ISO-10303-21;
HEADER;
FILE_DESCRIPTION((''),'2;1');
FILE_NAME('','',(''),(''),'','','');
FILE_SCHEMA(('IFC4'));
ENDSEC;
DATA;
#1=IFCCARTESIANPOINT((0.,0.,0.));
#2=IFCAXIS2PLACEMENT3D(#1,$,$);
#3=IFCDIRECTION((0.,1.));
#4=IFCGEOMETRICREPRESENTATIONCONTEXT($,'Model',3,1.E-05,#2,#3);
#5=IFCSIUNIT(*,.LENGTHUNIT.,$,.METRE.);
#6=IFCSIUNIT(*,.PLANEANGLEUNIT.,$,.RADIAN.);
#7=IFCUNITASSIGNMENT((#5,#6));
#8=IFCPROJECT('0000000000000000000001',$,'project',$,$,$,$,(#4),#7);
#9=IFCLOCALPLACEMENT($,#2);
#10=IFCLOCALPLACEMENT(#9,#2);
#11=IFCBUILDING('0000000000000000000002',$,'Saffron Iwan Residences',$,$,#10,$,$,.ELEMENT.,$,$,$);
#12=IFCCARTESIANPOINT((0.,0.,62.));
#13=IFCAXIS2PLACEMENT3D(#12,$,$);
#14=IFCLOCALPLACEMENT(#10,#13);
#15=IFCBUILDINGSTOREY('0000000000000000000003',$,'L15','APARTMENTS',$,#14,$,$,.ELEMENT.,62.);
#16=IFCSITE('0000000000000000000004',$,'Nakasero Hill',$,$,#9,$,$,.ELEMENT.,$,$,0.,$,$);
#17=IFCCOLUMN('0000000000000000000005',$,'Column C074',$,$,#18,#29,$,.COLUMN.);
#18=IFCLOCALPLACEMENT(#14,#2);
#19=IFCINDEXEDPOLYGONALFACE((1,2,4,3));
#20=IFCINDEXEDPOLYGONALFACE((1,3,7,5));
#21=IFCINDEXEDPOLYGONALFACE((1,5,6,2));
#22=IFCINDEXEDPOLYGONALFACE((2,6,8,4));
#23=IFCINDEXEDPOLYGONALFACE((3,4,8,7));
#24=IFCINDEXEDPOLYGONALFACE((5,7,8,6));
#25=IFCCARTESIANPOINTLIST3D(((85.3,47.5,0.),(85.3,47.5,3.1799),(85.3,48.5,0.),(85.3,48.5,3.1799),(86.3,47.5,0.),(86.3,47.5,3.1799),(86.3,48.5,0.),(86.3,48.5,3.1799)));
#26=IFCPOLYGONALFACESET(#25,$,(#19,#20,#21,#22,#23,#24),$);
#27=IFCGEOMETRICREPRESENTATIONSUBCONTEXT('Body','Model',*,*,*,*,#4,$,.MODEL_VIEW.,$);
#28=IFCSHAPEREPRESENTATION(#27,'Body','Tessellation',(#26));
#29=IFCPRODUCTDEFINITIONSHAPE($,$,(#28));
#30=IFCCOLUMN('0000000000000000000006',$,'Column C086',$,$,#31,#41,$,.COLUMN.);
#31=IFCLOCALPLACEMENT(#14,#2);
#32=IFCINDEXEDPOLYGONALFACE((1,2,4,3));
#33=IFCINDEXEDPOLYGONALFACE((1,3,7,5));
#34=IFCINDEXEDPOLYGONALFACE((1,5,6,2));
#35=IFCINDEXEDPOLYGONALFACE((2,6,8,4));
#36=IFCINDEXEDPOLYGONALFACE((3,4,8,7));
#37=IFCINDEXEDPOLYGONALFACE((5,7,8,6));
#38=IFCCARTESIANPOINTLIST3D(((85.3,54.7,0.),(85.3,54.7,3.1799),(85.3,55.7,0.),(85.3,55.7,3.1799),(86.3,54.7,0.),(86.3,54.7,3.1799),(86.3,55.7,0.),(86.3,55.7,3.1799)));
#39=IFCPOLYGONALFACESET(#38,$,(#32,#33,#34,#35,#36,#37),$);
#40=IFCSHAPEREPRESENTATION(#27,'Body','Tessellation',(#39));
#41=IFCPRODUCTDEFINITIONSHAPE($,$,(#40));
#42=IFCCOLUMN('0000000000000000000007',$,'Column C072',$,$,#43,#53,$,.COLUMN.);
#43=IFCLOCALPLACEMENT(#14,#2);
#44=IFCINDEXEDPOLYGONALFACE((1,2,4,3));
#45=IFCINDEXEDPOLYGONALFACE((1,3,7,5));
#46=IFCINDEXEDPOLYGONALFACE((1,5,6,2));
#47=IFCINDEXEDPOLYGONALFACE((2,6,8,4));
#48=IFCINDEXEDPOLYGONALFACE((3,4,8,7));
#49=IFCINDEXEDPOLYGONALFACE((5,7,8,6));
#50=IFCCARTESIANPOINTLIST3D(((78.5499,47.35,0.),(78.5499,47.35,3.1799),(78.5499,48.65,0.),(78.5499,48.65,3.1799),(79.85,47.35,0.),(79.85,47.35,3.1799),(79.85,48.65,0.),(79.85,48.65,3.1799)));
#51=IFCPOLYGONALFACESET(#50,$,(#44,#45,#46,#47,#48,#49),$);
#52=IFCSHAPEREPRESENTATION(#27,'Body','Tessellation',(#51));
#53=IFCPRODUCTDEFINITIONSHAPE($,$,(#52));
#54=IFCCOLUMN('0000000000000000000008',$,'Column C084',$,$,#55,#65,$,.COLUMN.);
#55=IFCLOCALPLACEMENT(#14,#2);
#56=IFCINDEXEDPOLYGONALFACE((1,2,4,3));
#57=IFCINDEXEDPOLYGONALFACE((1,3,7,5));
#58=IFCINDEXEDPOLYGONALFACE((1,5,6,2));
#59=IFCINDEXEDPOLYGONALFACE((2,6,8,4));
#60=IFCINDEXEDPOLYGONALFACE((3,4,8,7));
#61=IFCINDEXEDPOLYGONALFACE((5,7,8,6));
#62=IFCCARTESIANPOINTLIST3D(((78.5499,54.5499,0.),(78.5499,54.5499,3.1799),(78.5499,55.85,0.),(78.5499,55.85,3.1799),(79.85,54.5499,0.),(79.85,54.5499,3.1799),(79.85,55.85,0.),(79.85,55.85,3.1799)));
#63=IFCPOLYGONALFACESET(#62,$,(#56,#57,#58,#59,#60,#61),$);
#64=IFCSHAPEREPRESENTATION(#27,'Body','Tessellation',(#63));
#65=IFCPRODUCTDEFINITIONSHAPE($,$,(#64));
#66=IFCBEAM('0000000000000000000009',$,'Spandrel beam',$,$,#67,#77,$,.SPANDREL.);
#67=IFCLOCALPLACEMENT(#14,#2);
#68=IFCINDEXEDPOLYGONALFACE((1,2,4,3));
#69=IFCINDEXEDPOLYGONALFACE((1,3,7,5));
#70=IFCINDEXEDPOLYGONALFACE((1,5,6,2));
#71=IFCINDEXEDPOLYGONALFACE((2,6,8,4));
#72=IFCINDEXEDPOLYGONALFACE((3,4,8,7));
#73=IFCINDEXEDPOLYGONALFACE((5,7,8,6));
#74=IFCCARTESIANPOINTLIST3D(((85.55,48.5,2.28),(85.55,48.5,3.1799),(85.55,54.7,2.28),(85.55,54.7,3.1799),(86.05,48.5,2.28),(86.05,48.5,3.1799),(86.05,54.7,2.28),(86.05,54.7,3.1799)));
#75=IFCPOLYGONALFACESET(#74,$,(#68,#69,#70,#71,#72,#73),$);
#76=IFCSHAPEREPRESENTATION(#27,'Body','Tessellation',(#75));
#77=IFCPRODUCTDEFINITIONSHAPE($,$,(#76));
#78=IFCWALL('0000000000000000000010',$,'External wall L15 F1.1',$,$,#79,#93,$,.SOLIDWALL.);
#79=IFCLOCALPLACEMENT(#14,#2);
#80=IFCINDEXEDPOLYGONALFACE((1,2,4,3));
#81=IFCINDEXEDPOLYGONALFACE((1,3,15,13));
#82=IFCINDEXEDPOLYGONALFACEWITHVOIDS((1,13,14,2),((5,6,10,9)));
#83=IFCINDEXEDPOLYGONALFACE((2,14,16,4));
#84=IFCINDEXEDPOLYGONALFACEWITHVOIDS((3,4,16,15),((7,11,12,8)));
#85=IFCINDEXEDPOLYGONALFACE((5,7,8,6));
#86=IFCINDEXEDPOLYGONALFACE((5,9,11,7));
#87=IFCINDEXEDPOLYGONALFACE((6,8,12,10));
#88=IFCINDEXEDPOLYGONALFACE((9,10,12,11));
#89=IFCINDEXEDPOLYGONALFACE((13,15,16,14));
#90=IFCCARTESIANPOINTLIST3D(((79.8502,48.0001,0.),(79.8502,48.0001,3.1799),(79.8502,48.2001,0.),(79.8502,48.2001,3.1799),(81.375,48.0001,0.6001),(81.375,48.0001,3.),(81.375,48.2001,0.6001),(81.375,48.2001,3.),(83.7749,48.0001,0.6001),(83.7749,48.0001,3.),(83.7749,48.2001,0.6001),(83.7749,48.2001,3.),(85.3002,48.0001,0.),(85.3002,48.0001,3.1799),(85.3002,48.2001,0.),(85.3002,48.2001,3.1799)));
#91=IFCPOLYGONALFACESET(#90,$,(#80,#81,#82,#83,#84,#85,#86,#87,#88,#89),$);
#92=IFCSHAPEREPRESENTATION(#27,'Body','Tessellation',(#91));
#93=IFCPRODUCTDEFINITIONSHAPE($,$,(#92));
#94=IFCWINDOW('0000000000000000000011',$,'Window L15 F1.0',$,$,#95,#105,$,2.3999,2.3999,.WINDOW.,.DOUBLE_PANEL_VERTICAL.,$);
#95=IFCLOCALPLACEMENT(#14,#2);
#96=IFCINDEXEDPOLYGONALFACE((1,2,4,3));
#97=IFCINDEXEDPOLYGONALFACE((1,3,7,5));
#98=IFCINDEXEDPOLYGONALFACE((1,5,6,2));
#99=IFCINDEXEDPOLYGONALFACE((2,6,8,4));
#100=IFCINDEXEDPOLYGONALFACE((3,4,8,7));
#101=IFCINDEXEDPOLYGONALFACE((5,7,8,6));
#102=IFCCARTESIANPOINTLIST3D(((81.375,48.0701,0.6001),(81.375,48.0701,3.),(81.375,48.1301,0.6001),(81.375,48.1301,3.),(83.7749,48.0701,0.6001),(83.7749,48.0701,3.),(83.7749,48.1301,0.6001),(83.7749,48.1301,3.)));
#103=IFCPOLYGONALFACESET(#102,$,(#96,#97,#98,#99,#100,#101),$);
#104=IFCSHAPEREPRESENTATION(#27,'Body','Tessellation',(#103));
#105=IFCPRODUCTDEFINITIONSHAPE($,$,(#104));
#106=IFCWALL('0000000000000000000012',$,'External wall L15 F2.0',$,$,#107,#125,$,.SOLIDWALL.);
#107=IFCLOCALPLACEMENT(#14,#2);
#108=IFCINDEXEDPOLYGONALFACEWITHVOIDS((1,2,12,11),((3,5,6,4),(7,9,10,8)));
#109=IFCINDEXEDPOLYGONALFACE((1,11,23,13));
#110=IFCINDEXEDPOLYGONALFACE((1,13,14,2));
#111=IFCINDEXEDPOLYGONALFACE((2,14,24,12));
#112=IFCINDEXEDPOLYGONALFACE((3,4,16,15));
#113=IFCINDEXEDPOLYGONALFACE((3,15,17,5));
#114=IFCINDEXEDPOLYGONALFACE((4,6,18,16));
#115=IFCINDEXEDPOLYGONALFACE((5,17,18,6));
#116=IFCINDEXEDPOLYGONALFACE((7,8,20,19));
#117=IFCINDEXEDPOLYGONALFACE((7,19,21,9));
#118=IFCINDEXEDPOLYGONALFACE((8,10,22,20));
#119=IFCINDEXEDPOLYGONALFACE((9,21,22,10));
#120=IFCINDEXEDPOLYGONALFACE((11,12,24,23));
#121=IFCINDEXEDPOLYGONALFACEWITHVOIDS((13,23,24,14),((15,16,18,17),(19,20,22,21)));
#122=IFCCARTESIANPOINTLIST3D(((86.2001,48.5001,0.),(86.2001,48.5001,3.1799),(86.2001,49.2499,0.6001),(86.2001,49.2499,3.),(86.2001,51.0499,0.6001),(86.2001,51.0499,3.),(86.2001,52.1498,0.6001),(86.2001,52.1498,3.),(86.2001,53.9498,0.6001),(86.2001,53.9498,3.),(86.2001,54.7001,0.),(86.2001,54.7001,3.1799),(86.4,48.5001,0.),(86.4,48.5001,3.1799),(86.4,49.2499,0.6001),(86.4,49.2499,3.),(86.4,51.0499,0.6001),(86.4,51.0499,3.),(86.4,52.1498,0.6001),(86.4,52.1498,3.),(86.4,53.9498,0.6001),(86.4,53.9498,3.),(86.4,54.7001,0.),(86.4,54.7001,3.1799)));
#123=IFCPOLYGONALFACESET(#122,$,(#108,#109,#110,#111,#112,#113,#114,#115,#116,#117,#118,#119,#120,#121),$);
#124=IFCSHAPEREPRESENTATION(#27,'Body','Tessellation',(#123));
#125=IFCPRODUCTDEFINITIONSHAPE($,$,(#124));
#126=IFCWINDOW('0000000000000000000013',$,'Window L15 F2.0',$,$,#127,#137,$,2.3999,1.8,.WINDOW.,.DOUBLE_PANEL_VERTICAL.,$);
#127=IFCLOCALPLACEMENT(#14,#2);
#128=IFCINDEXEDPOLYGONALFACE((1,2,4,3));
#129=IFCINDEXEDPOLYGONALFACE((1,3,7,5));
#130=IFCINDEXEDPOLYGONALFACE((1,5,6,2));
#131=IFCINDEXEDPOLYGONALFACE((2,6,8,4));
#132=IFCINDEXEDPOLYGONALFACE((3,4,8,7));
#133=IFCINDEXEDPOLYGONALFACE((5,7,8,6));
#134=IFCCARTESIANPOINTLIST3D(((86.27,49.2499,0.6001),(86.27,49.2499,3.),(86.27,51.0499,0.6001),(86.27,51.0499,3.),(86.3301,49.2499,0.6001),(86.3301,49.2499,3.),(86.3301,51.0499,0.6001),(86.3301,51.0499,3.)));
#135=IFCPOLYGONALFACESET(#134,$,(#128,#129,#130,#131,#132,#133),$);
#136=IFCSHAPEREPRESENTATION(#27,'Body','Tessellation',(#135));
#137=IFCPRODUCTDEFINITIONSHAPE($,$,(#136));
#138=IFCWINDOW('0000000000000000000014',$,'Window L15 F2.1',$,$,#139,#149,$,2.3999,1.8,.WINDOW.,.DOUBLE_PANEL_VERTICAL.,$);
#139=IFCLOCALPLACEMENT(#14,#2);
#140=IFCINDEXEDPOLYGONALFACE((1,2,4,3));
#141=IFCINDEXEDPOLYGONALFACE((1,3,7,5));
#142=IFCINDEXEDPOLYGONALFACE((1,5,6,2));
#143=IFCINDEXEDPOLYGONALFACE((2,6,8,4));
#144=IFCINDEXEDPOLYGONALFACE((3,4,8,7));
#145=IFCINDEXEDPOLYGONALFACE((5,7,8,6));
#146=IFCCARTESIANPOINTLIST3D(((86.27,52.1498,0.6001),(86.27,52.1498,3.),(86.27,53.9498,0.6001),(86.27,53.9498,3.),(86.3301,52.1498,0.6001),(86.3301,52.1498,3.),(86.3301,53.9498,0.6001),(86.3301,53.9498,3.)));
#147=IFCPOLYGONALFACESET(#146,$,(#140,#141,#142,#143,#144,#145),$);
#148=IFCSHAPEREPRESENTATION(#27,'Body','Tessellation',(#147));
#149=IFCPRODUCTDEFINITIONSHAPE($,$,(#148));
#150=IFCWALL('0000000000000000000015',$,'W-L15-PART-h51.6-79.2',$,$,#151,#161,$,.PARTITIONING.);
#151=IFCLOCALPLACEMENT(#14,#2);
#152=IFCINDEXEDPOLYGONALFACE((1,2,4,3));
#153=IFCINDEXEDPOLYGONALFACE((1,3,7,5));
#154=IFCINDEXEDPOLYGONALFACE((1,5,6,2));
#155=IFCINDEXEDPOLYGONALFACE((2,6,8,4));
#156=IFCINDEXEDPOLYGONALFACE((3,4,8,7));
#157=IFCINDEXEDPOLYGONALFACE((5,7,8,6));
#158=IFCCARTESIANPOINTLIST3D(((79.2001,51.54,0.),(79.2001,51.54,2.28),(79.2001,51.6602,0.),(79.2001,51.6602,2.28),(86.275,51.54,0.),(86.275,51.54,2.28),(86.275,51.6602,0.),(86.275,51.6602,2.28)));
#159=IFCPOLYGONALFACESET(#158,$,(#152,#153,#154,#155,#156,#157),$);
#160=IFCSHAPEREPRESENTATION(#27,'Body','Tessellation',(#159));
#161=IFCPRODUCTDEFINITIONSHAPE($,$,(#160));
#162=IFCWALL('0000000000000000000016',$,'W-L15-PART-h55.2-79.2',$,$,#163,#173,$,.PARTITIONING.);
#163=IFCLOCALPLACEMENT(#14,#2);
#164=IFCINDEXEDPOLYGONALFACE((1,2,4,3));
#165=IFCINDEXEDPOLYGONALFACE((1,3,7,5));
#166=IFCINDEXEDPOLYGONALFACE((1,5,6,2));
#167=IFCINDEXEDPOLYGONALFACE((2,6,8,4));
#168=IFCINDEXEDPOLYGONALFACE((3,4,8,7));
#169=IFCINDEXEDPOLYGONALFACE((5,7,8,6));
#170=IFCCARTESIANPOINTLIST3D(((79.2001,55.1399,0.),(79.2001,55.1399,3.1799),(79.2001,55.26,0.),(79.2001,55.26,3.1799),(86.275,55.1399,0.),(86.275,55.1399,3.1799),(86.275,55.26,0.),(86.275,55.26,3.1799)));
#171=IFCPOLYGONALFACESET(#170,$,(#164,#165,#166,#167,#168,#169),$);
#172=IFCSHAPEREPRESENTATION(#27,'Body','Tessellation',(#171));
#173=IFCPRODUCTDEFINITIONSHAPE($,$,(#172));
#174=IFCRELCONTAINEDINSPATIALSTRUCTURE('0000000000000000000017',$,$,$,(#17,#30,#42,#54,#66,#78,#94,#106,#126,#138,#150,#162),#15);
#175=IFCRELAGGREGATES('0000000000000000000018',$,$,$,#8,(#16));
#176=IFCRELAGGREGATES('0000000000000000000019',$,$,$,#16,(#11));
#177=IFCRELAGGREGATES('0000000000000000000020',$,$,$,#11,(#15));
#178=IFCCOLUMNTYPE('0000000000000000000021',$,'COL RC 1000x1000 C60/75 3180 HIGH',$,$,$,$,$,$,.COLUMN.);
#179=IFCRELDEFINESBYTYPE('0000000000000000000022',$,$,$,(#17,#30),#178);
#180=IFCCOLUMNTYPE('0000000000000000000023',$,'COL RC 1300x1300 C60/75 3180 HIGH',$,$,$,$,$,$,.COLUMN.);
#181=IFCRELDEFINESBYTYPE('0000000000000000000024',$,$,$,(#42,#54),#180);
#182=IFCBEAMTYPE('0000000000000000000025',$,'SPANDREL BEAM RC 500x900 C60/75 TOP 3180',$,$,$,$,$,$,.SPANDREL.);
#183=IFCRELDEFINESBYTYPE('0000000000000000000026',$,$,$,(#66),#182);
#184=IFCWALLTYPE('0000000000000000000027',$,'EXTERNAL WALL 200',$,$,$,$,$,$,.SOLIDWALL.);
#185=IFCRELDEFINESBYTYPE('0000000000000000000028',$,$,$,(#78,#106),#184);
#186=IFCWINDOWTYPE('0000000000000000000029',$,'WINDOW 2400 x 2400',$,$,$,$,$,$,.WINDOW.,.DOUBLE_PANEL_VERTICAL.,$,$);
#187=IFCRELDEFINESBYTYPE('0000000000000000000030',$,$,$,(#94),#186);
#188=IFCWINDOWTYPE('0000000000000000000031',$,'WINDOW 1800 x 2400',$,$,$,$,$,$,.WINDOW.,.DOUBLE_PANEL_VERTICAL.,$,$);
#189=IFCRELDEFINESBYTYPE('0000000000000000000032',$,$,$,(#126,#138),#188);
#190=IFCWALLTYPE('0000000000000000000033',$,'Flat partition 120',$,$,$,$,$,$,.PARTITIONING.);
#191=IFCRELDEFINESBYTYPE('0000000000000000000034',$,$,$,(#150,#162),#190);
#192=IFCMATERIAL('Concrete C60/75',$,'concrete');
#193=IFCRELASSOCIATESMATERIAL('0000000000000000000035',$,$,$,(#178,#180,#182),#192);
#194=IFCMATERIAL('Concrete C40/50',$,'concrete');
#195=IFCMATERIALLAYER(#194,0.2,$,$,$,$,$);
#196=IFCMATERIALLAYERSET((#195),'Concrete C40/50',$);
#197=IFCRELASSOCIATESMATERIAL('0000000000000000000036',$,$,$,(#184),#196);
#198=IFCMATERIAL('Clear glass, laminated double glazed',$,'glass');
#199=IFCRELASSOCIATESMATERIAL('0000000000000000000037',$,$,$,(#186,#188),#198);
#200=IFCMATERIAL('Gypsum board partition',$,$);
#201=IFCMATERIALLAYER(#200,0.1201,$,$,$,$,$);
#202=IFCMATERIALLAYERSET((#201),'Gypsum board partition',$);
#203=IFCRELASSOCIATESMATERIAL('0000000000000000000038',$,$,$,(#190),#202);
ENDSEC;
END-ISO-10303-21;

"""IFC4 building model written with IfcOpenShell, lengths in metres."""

from ifc_helpers import new_model, si_unit, direction, frame, frame_2d, origin, origin_2d, place, context, subcontext, project, spatial, rectangle, extrude, source, transform, mapped, material, layer, layer_set, material_profile, profile_set, type_object, element, fill, save


model = new_model("IFC4")

# Units and contexts
model_context = context("Model", 3, precision=1e-05, world=origin(), true_north=direction((0.0, 1.0)))
body_context = subcontext(model_context, "Body", "Model", "MODEL_VIEW")
ifc_project = project(units=[si_unit("LENGTHUNIT", "METRE"), si_unit("PLANEANGLEUNIT", "RADIAN")], contexts=[model_context])

# Site, building, storey
site_placement = place(None, origin())
site = spatial("IfcSite", under=ifc_project, at=site_placement, Name="Nakasero Hill", CompositionType="ELEMENT", RefElevation=0.0)
building_placement = place(site_placement, origin())
building = spatial("IfcBuilding", under=site, at=building_placement, Name="Saffron Iwan Residences", CompositionType="ELEMENT")
storey_placement = place(building_placement, frame((0.0, 0.0, 62.0)))
storey = spatial("IfcBuildingStorey", under=building, at=storey_placement, Name="L15", Description="APARTMENTS", CompositionType="ELEMENT", Elevation=62.0)

# Columns
ifc_material_1 = material(Name="Concrete C60/75", Category="concrete")
ifc_material_profile_1 = material_profile(ifc_material_1, rectangle(XDim=1.0, YDim=1.0, at=origin_2d()), Name="RC 1000x1000")
ifc_profile_set_1 = profile_set([ifc_material_profile_1], Name="Concrete C60/75")
column_type_1 = type_object("IfcColumnType", Name="COL RC 1000x1000 C60/75 3180 HIGH", PredefinedType="COLUMN", material=ifc_profile_set_1)
shared_shape_1 = source(origin(), body_context, "Body", "SweptSolid", [
    extrude(rectangle(XDim=1.0, YDim=1.0, at=origin_2d()), origin(), (0.0, 0.0, 1.0), 3.1799),
])
for number, where, z_axis, x_axis, name in (
    (1, (85.8, 48.0, 0.0), (0.0, 0.0, 1.0), (1.0, 0.0, 0.0), "Column C074"),
    (2, (85.8, 55.2, 0.0), (0.0, 0.0, 1.0), (1.0, 0.0, 0.0), "Column C086"),
):
    element("IfcColumn", number, at=place(storey_placement, frame(where, z_axis=z_axis, x_axis=x_axis)), inside=storey, type_object=column_type_1, Name=name, PredefinedType="COLUMN", context=body_context, shape_type="MappedRepresentation", body=[
        mapped(shared_shape_1, transform((0.0, 0.0, 0.0))),
    ])
ifc_material_profile_2 = material_profile(ifc_material_1, rectangle(XDim=1.3, YDim=1.3, at=origin_2d()), Name="RC 1300x1300")
ifc_profile_set_2 = profile_set([ifc_material_profile_2], Name="Concrete C60/75")
column_type_2 = type_object("IfcColumnType", Name="COL RC 1300x1300 C60/75 3180 HIGH", PredefinedType="COLUMN", material=ifc_profile_set_2)
shared_shape_2 = source(origin(), body_context, "Body", "SweptSolid", [
    extrude(rectangle(XDim=1.3, YDim=1.3, at=origin_2d()), origin(), (0.0, 0.0, 1.0), 3.1799),
])
for number, where, z_axis, x_axis, name in (
    (3, (79.2, 48.0, 0.0), (0.0, 0.0, 1.0), (1.0, 0.0, 0.0), "Column C072"),
    (4, (79.2, 55.2, 0.0), (0.0, 0.0, 1.0), (1.0, 0.0, 0.0), "Column C084"),
):
    element("IfcColumn", number, at=place(storey_placement, frame(where, z_axis=z_axis, x_axis=x_axis)), inside=storey, type_object=column_type_2, Name=name, PredefinedType="COLUMN", context=body_context, shape_type="MappedRepresentation", body=[
        mapped(shared_shape_2, transform((0.0, 0.0, 0.0))),
    ])

# Beam
ifc_material_profile_3 = material_profile(ifc_material_1, rectangle(XDim=0.5, YDim=0.8999, at=origin_2d()), Name="RC 500x900")
ifc_profile_set_3 = profile_set([ifc_material_profile_3], Name="Concrete C60/75")
beam_type = type_object("IfcBeamType", Name="SPANDREL BEAM RC 500x900 C60/75 TOP 3180", PredefinedType="SPANDREL", material=ifc_profile_set_3)
shared_shape_3 = source(origin(), body_context, "Body", "SweptSolid", [
    extrude(rectangle(XDim=0.5, YDim=0.8999, at=origin_2d()), origin(), (0.0, 0.0, 1.0), 6.2),
])
beam_placement = place(storey_placement, frame((85.8, 54.7, 2.73), z_axis=(0.0, -1.0, 0.0), x_axis=(1.0, 0.0, 0.0)))
element("IfcBeam", 5, at=beam_placement, inside=storey, type_object=beam_type, Name="Spandrel beam", PredefinedType="SPANDREL", context=body_context, shape_type="MappedRepresentation", body=[
    mapped(shared_shape_3, transform((0.0, 0.0, 0.0))),
])

# Wall, opening, window
ifc_material_2 = material(Name="Concrete C40/50", Category="concrete")
ifc_layer_1 = layer(ifc_material_2, 0.2)
ifc_layer_set_1 = layer_set([ifc_layer_1], Name="Concrete C40/50")
wall_type_1 = type_object("IfcWallType", Name="EXTERNAL WALL 200", PredefinedType="SOLIDWALL", material=ifc_layer_set_1)
wall_1_placement = place(storey_placement, frame((79.8501, 48.1001, 0.0), z_axis=(0.0, 0.0, 1.0), x_axis=(1.0, 0.0, 0.0)))
wall_1 = element("IfcWall", 6, at=wall_1_placement, inside=storey, type_object=wall_type_1, Name="External wall L15 F1.1", PredefinedType="SOLIDWALL", context=body_context, shape_type="SweptSolid", body=[
    extrude(rectangle(XDim=5.45, YDim=0.2, at=frame_2d((2.7251, 0.0))), origin(), (0.0, 0.0, 1.0), 3.1799),
])
opening_1_placement = place(wall_1_placement, frame((1.5249, 0.0, 0.6001)))
opening_1 = element("IfcOpeningElement", 7, at=opening_1_placement, cuts=wall_1, PredefinedType="OPENING", context=body_context, shape_type="SweptSolid", body=[
    extrude(rectangle(XDim=2.3999, YDim=2.3999, at=frame_2d((1.2, 1.2))), frame((0.0, 0.1099, 0.0), z_axis=(0.0, -1.0, 0.0), x_axis=(1.0, 0.0, 0.0)), (0.0, 0.0, 1.0), 0.22),
])
ifc_material_3 = material(Name="Clear glass, laminated double glazed", Category="glass")
window_type_1 = type_object("IfcWindowType", Name="WINDOW 2400 x 2400", PartitioningType="DOUBLE_PANEL_VERTICAL", PredefinedType="WINDOW", material=ifc_material_3)
window_1_placement = place(opening_1_placement, origin())
window_1 = element("IfcWindow", 8, at=window_1_placement, inside=storey, type_object=window_type_1, Name="Window L15 F1.0", OverallHeight=2.3999, OverallWidth=2.3999, PartitioningType="DOUBLE_PANEL_VERTICAL", PredefinedType="WINDOW", context=body_context, shape_type="SweptSolid", body=[
    extrude(rectangle(XDim=2.3999, YDim=2.3999, at=frame_2d((1.2, 1.2))), frame((0.0, 0.03, 0.0), z_axis=(0.0, -1.0, 0.0), x_axis=(1.0, 0.0, 0.0)), (0.0, 0.0, 1.0), 0.0601),
])
fill(opening_1, window_1)

# Wall, openings, windows
wall_2_placement = place(storey_placement, frame((86.3, 48.5, 0.0), z_axis=(0.0, 0.0, 1.0), x_axis=(0.0, 1.0, 0.0)))
wall_2 = element("IfcWall", 9, at=wall_2_placement, inside=storey, type_object=wall_type_1, Name="External wall L15 F2.0", PredefinedType="SOLIDWALL", context=body_context, shape_type="SweptSolid", body=[
    extrude(rectangle(XDim=6.2, YDim=0.2, at=frame_2d((3.1001, 0.0))), origin(), (0.0, 0.0, 1.0), 3.1799),
])
opening_2_placement = place(wall_2_placement, frame((0.75, 0.0, 0.6001)))
opening_2 = element("IfcOpeningElement", 10, at=opening_2_placement, cuts=wall_2, PredefinedType="OPENING", context=body_context, shape_type="SweptSolid", body=[
    extrude(rectangle(XDim=1.8, YDim=2.3999, at=frame_2d((0.8999, 1.2))), frame((0.0, 0.1099, 0.0), z_axis=(0.0, -1.0, 0.0), x_axis=(1.0, 0.0, 0.0)), (0.0, 0.0, 1.0), 0.22),
])
opening_3_placement = place(wall_2_placement, frame((3.6499, 0.0, 0.6001)))
opening_3 = element("IfcOpeningElement", 11, at=opening_3_placement, cuts=wall_2, PredefinedType="OPENING", context=body_context, shape_type="SweptSolid", body=[
    extrude(rectangle(XDim=1.8, YDim=2.3999, at=frame_2d((0.8999, 1.2))), frame((0.0, 0.1099, 0.0), z_axis=(0.0, -1.0, 0.0), x_axis=(1.0, 0.0, 0.0)), (0.0, 0.0, 1.0), 0.22),
])
window_type_2 = type_object("IfcWindowType", Name="WINDOW 1800 x 2400", PartitioningType="DOUBLE_PANEL_VERTICAL", PredefinedType="WINDOW", material=ifc_material_3)
window_2_placement = place(opening_2_placement, origin())
window_2 = element("IfcWindow", 12, at=window_2_placement, inside=storey, type_object=window_type_2, Name="Window L15 F2.0", OverallHeight=2.3999, OverallWidth=1.8, PartitioningType="DOUBLE_PANEL_VERTICAL", PredefinedType="WINDOW", context=body_context, shape_type="SweptSolid", body=[
    extrude(rectangle(XDim=1.8, YDim=2.3999, at=frame_2d((0.8999, 1.2))), frame((0.0, 0.03, 0.0), z_axis=(0.0, -1.0, 0.0), x_axis=(1.0, 0.0, 0.0)), (0.0, 0.0, 1.0), 0.0601),
])
fill(opening_2, window_2)
window_3_placement = place(opening_3_placement, origin())
window_3 = element("IfcWindow", 13, at=window_3_placement, inside=storey, type_object=window_type_2, Name="Window L15 F2.1", OverallHeight=2.3999, OverallWidth=1.8, PartitioningType="DOUBLE_PANEL_VERTICAL", PredefinedType="WINDOW", context=body_context, shape_type="SweptSolid", body=[
    extrude(rectangle(XDim=1.8, YDim=2.3999, at=frame_2d((0.8999, 1.2))), frame((0.0, 0.03, 0.0), z_axis=(0.0, -1.0, 0.0), x_axis=(1.0, 0.0, 0.0)), (0.0, 0.0, 1.0), 0.0601),
])
fill(opening_3, window_3)

# Walls
ifc_material_4 = material(Name="Gypsum board partition")
ifc_layer_2 = layer(ifc_material_4, 0.1201)
ifc_layer_set_2 = layer_set([ifc_layer_2], Name="Gypsum board partition")
wall_type_2 = type_object("IfcWallType", Name="Flat partition 120", PredefinedType="PARTITIONING", material=ifc_layer_set_2)
wall_3_placement = place(storey_placement, frame((79.2, 51.6001, 0.0), z_axis=(0.0, 0.0, 1.0), x_axis=(1.0, 0.0, 0.0)))
element("IfcWall", 14, at=wall_3_placement, inside=storey, type_object=wall_type_2, Name="W-L15-PART-h51.6-79.2", PredefinedType="PARTITIONING", context=body_context, shape_type="SweptSolid", body=[
    extrude(rectangle(XDim=7.075, YDim=0.1201, at=frame_2d((3.5376, 0.0))), origin(), (0.0, 0.0, 1.0), 2.28),
])
wall_4_placement = place(storey_placement, frame((79.2, 55.2, 0.0), z_axis=(0.0, 0.0, 1.0), x_axis=(1.0, 0.0, 0.0)))
element("IfcWall", 15, at=wall_4_placement, inside=storey, type_object=wall_type_2, Name="W-L15-PART-h55.2-79.2", PredefinedType="PARTITIONING", context=body_context, shape_type="SweptSolid", body=[
    extrude(rectangle(XDim=7.075, YDim=0.1201, at=frame_2d((3.5376, 0.0))), origin(), (0.0, 0.0, 1.0), 3.1799),
])

save(model, "model.ifc")
